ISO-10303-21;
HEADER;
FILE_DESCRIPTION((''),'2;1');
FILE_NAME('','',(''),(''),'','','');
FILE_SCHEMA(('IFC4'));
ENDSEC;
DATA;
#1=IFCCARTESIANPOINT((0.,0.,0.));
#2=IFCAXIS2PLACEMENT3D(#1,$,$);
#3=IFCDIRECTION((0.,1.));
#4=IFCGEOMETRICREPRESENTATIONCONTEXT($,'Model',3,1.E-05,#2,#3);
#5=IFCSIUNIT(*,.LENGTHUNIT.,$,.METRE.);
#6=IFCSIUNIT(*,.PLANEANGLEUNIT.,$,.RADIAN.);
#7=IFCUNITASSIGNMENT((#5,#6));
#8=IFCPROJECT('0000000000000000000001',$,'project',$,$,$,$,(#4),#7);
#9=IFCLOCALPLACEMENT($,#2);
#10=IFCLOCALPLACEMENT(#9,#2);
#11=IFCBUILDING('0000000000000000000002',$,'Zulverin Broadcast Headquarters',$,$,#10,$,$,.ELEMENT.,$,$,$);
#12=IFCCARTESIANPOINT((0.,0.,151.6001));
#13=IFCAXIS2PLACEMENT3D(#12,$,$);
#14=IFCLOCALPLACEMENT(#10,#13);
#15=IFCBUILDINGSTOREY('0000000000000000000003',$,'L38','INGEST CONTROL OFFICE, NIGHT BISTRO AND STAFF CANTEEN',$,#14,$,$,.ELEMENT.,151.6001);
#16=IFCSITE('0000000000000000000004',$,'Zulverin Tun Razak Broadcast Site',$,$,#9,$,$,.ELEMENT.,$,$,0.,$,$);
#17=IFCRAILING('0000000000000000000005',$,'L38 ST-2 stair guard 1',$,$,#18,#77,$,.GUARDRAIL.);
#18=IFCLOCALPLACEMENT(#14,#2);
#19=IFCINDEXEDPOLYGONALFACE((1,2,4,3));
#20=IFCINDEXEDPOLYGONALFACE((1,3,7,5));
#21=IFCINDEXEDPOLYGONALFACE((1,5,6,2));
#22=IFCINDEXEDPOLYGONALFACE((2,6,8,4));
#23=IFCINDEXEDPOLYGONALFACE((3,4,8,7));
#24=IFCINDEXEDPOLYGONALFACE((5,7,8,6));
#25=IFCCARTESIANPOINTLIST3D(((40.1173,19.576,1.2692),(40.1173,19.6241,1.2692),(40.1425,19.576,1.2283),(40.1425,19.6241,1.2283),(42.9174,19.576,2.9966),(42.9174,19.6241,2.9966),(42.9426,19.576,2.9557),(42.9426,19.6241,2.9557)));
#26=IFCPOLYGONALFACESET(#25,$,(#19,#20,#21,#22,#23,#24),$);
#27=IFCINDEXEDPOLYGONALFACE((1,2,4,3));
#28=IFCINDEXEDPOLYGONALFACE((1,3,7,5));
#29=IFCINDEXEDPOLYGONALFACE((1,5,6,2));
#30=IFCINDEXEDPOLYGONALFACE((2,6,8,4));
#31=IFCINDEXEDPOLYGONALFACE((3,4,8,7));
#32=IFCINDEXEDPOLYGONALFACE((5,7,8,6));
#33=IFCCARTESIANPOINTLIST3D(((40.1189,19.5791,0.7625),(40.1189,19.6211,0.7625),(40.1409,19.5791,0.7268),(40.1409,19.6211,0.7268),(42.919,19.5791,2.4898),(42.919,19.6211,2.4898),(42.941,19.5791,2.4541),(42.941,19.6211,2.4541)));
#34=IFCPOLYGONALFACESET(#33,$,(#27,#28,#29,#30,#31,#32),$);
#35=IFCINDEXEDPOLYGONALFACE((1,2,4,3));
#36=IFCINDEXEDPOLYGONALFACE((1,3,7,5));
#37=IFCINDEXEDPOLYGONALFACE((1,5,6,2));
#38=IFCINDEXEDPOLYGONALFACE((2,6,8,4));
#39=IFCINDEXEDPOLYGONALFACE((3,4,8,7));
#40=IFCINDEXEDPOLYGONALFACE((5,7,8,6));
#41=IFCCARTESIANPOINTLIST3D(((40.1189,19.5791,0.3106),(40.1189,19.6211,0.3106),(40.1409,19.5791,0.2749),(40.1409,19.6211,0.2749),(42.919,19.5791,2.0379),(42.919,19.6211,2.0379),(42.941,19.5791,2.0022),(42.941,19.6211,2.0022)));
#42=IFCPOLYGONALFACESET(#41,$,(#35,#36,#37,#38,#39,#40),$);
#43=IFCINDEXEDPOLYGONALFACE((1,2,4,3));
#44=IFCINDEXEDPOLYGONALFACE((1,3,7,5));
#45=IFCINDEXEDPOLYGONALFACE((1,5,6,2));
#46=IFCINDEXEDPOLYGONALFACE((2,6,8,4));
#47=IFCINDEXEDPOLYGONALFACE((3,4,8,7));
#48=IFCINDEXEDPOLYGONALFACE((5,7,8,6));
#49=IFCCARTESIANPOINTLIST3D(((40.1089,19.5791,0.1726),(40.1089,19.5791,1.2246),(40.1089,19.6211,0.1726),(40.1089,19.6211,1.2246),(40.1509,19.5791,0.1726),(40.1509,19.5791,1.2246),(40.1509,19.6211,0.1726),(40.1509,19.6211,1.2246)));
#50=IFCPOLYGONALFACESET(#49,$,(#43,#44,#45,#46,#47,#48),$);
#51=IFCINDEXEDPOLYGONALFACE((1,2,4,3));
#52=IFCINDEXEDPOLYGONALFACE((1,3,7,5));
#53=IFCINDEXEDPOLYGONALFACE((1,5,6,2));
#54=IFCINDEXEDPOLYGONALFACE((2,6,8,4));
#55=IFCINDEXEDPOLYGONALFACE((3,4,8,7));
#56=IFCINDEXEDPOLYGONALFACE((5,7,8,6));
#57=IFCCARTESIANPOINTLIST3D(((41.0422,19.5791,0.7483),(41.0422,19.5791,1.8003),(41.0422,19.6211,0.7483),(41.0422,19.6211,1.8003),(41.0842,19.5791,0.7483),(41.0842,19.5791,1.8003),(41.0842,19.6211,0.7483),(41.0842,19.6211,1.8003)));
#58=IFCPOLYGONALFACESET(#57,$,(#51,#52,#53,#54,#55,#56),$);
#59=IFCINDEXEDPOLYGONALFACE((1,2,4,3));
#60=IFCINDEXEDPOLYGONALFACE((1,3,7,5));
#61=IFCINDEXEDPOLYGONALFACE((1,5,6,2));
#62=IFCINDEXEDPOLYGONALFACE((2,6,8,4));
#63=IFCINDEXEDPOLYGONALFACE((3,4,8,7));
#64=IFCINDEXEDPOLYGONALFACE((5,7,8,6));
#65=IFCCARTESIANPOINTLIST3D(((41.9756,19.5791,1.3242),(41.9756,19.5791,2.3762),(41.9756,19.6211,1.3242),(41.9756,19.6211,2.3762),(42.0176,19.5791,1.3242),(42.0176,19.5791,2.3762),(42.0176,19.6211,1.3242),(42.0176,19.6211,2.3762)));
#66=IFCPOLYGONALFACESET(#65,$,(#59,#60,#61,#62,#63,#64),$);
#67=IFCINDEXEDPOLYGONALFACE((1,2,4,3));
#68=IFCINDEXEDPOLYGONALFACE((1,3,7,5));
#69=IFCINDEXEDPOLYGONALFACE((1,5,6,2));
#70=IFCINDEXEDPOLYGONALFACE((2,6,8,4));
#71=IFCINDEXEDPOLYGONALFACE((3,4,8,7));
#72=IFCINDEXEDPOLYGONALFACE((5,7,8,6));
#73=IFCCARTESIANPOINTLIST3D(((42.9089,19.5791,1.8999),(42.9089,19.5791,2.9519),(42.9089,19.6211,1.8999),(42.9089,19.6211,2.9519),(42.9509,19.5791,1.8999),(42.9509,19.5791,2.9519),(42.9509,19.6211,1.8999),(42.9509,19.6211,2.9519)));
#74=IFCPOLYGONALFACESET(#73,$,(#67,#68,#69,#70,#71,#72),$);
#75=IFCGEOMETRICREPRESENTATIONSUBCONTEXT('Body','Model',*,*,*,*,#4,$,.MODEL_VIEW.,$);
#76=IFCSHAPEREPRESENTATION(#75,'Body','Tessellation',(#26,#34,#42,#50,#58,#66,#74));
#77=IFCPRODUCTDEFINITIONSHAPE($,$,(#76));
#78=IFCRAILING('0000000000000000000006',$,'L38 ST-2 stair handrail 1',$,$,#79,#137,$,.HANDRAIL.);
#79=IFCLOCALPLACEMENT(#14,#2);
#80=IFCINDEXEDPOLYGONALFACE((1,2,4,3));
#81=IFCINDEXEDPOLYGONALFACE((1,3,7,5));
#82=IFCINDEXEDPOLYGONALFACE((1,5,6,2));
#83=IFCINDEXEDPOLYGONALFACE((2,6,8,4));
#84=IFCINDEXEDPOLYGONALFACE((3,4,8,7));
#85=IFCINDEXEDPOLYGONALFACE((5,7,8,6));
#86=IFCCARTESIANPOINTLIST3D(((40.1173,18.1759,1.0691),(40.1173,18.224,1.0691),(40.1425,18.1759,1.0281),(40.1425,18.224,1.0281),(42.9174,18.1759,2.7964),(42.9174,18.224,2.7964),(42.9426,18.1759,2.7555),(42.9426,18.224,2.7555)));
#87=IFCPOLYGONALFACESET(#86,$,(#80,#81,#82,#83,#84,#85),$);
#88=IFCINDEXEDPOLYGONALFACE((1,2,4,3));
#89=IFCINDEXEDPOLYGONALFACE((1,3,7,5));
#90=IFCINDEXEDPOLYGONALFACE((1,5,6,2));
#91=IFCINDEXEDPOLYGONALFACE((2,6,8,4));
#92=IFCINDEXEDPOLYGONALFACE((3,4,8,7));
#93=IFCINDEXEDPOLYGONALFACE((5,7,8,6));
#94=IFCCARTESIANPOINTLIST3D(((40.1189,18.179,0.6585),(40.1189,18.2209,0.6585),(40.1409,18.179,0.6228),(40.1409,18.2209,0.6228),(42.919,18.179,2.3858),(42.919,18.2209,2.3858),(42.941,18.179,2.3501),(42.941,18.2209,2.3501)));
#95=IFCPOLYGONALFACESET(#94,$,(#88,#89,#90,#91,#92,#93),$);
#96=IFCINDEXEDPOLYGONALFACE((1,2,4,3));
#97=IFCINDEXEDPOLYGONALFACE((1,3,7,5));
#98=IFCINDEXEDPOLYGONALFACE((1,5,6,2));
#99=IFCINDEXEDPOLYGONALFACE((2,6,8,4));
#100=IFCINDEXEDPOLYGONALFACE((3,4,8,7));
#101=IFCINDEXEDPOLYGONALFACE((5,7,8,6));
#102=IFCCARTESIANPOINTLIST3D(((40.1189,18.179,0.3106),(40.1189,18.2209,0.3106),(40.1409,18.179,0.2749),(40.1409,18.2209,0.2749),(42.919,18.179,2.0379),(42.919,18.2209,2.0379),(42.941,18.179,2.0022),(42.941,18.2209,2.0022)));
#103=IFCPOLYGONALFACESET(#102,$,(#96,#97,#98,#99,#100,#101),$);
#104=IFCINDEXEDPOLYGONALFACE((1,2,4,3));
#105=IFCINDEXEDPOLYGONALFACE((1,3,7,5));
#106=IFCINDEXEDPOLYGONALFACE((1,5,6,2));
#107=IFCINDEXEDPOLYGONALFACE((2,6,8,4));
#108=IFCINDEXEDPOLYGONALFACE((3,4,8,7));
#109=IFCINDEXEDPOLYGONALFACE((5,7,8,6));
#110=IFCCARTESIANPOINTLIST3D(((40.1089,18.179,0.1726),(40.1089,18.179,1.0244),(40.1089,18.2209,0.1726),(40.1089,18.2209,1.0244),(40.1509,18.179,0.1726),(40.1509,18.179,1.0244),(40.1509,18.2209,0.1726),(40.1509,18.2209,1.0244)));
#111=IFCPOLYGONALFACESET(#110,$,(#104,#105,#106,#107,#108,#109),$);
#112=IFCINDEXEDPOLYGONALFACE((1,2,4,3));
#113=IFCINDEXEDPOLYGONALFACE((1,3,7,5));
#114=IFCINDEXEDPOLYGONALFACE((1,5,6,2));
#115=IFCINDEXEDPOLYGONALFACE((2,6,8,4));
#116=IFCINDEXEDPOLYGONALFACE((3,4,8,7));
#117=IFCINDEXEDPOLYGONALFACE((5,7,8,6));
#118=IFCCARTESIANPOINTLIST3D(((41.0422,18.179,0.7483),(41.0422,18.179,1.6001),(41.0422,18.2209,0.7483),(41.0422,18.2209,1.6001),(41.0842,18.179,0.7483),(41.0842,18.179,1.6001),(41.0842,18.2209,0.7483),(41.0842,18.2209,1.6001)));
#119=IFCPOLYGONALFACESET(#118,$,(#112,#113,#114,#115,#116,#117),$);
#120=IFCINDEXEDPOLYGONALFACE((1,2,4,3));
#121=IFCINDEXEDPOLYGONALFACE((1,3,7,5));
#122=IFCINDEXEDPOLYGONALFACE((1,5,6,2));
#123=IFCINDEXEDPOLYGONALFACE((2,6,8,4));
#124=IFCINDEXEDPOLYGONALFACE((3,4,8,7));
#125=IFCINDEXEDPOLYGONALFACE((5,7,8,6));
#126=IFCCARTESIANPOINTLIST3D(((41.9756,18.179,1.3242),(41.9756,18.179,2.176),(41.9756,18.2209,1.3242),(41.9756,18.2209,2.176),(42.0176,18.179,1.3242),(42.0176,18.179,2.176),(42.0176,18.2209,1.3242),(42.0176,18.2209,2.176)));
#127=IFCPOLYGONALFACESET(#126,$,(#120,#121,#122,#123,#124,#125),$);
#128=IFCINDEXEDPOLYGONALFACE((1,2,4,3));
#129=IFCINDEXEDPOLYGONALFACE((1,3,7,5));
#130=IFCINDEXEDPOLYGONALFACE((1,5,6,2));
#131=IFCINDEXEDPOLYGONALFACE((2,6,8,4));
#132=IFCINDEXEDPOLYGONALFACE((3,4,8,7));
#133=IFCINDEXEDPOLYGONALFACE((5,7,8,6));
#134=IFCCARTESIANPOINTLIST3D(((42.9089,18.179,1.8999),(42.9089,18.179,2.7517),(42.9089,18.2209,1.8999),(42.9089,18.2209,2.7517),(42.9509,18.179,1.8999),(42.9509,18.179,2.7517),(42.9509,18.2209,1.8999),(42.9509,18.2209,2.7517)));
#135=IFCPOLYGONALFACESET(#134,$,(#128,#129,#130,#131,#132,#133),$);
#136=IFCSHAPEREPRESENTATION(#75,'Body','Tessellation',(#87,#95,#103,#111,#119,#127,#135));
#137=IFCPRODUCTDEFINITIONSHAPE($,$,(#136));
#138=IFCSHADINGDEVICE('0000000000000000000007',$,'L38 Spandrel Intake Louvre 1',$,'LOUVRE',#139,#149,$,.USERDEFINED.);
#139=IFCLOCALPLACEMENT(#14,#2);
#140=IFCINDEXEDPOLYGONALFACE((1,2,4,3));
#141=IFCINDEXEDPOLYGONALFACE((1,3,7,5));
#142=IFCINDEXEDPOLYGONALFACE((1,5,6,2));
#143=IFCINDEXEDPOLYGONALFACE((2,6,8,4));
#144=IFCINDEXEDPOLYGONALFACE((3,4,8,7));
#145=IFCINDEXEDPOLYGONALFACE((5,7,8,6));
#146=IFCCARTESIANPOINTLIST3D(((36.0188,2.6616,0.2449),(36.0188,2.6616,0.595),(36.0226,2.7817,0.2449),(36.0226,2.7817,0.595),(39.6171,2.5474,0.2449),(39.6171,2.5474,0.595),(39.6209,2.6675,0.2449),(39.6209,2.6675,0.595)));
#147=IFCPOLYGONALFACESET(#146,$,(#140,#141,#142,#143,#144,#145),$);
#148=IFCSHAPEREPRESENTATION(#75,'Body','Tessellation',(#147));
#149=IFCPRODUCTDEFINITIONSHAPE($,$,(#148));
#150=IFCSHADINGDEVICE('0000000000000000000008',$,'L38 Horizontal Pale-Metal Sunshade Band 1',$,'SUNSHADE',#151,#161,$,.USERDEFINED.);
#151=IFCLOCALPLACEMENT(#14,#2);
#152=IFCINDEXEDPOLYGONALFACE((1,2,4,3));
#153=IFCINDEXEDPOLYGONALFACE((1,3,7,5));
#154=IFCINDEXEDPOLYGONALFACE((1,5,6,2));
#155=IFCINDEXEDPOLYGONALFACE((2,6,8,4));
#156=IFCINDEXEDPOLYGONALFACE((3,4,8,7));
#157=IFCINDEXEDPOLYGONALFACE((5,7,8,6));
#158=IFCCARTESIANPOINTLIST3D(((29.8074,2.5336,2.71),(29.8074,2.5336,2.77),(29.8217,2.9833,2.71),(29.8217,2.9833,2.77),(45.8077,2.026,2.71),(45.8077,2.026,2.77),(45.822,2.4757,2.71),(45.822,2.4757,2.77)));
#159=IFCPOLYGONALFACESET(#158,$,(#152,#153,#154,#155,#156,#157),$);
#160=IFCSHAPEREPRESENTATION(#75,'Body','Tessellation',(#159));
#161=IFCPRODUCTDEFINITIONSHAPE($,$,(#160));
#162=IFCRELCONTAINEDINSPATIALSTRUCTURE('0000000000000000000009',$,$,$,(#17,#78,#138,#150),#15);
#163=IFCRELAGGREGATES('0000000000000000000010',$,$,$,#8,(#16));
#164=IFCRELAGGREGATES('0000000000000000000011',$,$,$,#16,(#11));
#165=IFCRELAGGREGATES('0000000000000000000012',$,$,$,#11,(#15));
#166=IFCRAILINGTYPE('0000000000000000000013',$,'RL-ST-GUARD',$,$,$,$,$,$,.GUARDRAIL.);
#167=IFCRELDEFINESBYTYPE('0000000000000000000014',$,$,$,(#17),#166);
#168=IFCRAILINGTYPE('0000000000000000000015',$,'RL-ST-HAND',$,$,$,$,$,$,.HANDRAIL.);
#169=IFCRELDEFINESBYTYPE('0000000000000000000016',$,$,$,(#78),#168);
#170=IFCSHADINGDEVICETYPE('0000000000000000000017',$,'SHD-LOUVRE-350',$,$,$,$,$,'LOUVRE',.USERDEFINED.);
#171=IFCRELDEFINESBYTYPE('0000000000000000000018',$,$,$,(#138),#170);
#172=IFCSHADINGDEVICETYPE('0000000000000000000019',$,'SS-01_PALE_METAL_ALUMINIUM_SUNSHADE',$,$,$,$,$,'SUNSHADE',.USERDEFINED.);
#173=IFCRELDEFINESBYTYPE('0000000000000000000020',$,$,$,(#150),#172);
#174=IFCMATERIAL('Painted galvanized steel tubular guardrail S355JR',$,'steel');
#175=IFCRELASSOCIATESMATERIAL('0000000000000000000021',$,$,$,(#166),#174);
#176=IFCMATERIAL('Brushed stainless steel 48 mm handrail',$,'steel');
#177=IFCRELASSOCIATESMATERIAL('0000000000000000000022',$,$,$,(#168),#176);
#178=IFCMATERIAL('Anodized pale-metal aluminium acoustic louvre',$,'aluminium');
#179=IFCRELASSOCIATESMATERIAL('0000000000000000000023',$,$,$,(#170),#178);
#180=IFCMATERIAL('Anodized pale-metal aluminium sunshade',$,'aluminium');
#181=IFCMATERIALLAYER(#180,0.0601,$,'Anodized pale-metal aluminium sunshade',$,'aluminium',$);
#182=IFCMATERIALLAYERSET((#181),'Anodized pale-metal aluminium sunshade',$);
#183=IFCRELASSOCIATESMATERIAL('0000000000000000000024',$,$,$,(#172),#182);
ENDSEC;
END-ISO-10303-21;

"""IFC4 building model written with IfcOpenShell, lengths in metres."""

from ifc_helpers import new_model, si_unit, direction, frame, origin, origin_2d, place, context, subcontext, project, spatial, rectangle, extrude, material, layer, layer_set, type_object, element, save


model = new_model("IFC4")

# Units and contexts
model_context = context("Model", 3, precision=1e-05, world=origin(), true_north=direction((0.0, 1.0)))
body_context = subcontext(model_context, "Body", "Model", "MODEL_VIEW")
ifc_project = project(units=[si_unit("LENGTHUNIT", "METRE"), si_unit("PLANEANGLEUNIT", "RADIAN")], contexts=[model_context])

# Site, building, storey
site_placement = place(None, origin())
site = spatial("IfcSite", under=ifc_project, at=site_placement, Name="Zulverin Tun Razak Broadcast Site", CompositionType="ELEMENT", RefElevation=0.0)
building_placement = place(site_placement, origin())
building = spatial("IfcBuilding", under=site, at=building_placement, Name="Zulverin Broadcast Headquarters", CompositionType="ELEMENT")
storey_placement = place(building_placement, frame((0.0, 0.0, 151.6001)))
storey = spatial("IfcBuildingStorey", under=building, at=storey_placement, Name="L38", Description="INGEST CONTROL OFFICE, NIGHT BISTRO AND STAFF CANTEEN", CompositionType="ELEMENT", Elevation=151.6001)

# Railings
ifc_material_1 = material(Name="Painted galvanized steel tubular guardrail S355JR", Category="steel")
railing_type_1 = type_object("IfcRailingType", Name="RL-ST-GUARD", PredefinedType="GUARDRAIL", material=ifc_material_1)
railing_1_placement = place(storey_placement, frame((40.1299, 19.6001, 0.1726)))
element("IfcRailing", 1, at=railing_1_placement, inside=storey, type_object=railing_type_1, Name="L38 ST-2 stair guard 1", PredefinedType="GUARDRAIL", context=body_context, shape_type="SweptSolid", body=[
    extrude(rectangle(XDim=0.0481, YDim=0.0481, at=origin_2d()), frame((0.0, 0.0, 1.0762), z_axis=(0.85109, 0.0, 0.52502), x_axis=(0.0, 1.0, 0.0)), (0.0, 0.0, 1.0), 3.29),
    extrude(rectangle(XDim=0.042, YDim=0.042, at=origin_2d()), frame((0.0, 0.0, 0.572), z_axis=(0.85109, 0.0, 0.52502), x_axis=(0.0, 1.0, 0.0)), (0.0, 0.0, 1.0), 3.29),
    extrude(rectangle(XDim=0.042, YDim=0.042, at=origin_2d()), frame((0.0, 0.0, 0.1201), z_axis=(0.85109, 0.0, 0.52502), x_axis=(0.0, 1.0, 0.0)), (0.0, 0.0, 1.0), 3.29),
    extrude(rectangle(XDim=0.042, YDim=0.042, at=origin_2d()), origin(), (0.0, 0.0, 1.0), 1.052),
    extrude(rectangle(XDim=0.042, YDim=0.042, at=origin_2d()), frame((0.9333, 0.0, 0.5757)), (0.0, 0.0, 1.0), 1.052),
    extrude(rectangle(XDim=0.042, YDim=0.042, at=origin_2d()), frame((1.8667, 0.0, 1.1516)), (0.0, 0.0, 1.0), 1.052),
    extrude(rectangle(XDim=0.042, YDim=0.042, at=origin_2d()), frame((2.8, 0.0, 1.7273)), (0.0, 0.0, 1.0), 1.052),
])
ifc_material_2 = material(Name="Brushed stainless steel 48 mm handrail", Category="steel")
railing_type_2 = type_object("IfcRailingType", Name="RL-ST-HAND", PredefinedType="HANDRAIL", material=ifc_material_2)
railing_2_placement = place(storey_placement, frame((40.1299, 18.2, 0.1726)))
element("IfcRailing", 2, at=railing_2_placement, inside=storey, type_object=railing_type_2, Name="L38 ST-2 stair handrail 1", PredefinedType="HANDRAIL", context=body_context, shape_type="SweptSolid", body=[
    extrude(rectangle(XDim=0.0481, YDim=0.0481, at=origin_2d()), frame((0.0, 0.0, 0.876), z_axis=(0.85109, 0.0, 0.52502), x_axis=(0.0, 1.0, 0.0)), (0.0, 0.0, 1.0), 3.29),
    extrude(rectangle(XDim=0.042, YDim=0.042, at=origin_2d()), frame((0.0, 0.0, 0.468), z_axis=(0.85109, 0.0, 0.52502), x_axis=(0.0, 1.0, 0.0)), (0.0, 0.0, 1.0), 3.29),
    extrude(rectangle(XDim=0.042, YDim=0.042, at=origin_2d()), frame((0.0, 0.0, 0.1201), z_axis=(0.85109, 0.0, 0.52502), x_axis=(0.0, 1.0, 0.0)), (0.0, 0.0, 1.0), 3.29),
    extrude(rectangle(XDim=0.042, YDim=0.042, at=origin_2d()), origin(), (0.0, 0.0, 1.0), 0.8518),
    extrude(rectangle(XDim=0.042, YDim=0.042, at=origin_2d()), frame((0.9333, 0.0, 0.5757)), (0.0, 0.0, 1.0), 0.8518),
    extrude(rectangle(XDim=0.042, YDim=0.042, at=origin_2d()), frame((1.8667, 0.0, 1.1516)), (0.0, 0.0, 1.0), 0.8518),
    extrude(rectangle(XDim=0.042, YDim=0.042, at=origin_2d()), frame((2.8, 0.0, 1.7273)), (0.0, 0.0, 1.0), 0.8518),
])

# Shading devices
ifc_material_3 = material(Name="Anodized pale-metal aluminium acoustic louvre", Category="aluminium")
shading_device_type_1 = type_object("IfcShadingDeviceType", Name="SHD-LOUVRE-350", ElementType="LOUVRE", PredefinedType="USERDEFINED", material=ifc_material_3)
shading_device_1_placement = place(storey_placement, frame((37.8198, 2.6646, 0.2449), z_axis=(0.0, 0.0, 1.0), x_axis=(0.999497, -0.031709, 0.0)))
element("IfcShadingDevice", 3, at=shading_device_1_placement, inside=storey, type_object=shading_device_type_1, Name="L38 Spandrel Intake Louvre 1", ObjectType="LOUVRE", PredefinedType="USERDEFINED", context=body_context, shape_type="SweptSolid", body=[
    extrude(rectangle(XDim=3.6001, YDim=0.1201, at=origin_2d()), origin(), (0.0, 0.0, 1.0), 0.3501),
])
ifc_material_4 = material(Name="Anodized pale-metal aluminium sunshade", Category="aluminium")
ifc_layer_1 = layer(ifc_material_4, 0.0601, Name="Anodized pale-metal aluminium sunshade", Category="aluminium")
ifc_layer_set_1 = layer_set([ifc_layer_1], Name="Anodized pale-metal aluminium sunshade")
shading_device_type_2 = type_object("IfcShadingDeviceType", Name="SS-01_PALE_METAL_ALUMINIUM_SUNSHADE", ElementType="SUNSHADE", PredefinedType="USERDEFINED", material=ifc_layer_set_1)
shading_device_2_placement = place(storey_placement, frame((37.8147, 2.5046, 2.71), z_axis=(0.0, 0.0, 1.0), x_axis=(0.999497, -0.031709, 0.0)))
element("IfcShadingDevice", 4, at=shading_device_2_placement, inside=storey, type_object=shading_device_type_2, Name="L38 Horizontal Pale-Metal Sunshade Band 1", ObjectType="SUNSHADE", PredefinedType="USERDEFINED", context=body_context, shape_type="SweptSolid", body=[
    extrude(rectangle(XDim=16.0083, YDim=0.45, at=origin_2d()), origin(), (0.0, 0.0, 1.0), 0.0601),
])

save(model, "model.ifc")
